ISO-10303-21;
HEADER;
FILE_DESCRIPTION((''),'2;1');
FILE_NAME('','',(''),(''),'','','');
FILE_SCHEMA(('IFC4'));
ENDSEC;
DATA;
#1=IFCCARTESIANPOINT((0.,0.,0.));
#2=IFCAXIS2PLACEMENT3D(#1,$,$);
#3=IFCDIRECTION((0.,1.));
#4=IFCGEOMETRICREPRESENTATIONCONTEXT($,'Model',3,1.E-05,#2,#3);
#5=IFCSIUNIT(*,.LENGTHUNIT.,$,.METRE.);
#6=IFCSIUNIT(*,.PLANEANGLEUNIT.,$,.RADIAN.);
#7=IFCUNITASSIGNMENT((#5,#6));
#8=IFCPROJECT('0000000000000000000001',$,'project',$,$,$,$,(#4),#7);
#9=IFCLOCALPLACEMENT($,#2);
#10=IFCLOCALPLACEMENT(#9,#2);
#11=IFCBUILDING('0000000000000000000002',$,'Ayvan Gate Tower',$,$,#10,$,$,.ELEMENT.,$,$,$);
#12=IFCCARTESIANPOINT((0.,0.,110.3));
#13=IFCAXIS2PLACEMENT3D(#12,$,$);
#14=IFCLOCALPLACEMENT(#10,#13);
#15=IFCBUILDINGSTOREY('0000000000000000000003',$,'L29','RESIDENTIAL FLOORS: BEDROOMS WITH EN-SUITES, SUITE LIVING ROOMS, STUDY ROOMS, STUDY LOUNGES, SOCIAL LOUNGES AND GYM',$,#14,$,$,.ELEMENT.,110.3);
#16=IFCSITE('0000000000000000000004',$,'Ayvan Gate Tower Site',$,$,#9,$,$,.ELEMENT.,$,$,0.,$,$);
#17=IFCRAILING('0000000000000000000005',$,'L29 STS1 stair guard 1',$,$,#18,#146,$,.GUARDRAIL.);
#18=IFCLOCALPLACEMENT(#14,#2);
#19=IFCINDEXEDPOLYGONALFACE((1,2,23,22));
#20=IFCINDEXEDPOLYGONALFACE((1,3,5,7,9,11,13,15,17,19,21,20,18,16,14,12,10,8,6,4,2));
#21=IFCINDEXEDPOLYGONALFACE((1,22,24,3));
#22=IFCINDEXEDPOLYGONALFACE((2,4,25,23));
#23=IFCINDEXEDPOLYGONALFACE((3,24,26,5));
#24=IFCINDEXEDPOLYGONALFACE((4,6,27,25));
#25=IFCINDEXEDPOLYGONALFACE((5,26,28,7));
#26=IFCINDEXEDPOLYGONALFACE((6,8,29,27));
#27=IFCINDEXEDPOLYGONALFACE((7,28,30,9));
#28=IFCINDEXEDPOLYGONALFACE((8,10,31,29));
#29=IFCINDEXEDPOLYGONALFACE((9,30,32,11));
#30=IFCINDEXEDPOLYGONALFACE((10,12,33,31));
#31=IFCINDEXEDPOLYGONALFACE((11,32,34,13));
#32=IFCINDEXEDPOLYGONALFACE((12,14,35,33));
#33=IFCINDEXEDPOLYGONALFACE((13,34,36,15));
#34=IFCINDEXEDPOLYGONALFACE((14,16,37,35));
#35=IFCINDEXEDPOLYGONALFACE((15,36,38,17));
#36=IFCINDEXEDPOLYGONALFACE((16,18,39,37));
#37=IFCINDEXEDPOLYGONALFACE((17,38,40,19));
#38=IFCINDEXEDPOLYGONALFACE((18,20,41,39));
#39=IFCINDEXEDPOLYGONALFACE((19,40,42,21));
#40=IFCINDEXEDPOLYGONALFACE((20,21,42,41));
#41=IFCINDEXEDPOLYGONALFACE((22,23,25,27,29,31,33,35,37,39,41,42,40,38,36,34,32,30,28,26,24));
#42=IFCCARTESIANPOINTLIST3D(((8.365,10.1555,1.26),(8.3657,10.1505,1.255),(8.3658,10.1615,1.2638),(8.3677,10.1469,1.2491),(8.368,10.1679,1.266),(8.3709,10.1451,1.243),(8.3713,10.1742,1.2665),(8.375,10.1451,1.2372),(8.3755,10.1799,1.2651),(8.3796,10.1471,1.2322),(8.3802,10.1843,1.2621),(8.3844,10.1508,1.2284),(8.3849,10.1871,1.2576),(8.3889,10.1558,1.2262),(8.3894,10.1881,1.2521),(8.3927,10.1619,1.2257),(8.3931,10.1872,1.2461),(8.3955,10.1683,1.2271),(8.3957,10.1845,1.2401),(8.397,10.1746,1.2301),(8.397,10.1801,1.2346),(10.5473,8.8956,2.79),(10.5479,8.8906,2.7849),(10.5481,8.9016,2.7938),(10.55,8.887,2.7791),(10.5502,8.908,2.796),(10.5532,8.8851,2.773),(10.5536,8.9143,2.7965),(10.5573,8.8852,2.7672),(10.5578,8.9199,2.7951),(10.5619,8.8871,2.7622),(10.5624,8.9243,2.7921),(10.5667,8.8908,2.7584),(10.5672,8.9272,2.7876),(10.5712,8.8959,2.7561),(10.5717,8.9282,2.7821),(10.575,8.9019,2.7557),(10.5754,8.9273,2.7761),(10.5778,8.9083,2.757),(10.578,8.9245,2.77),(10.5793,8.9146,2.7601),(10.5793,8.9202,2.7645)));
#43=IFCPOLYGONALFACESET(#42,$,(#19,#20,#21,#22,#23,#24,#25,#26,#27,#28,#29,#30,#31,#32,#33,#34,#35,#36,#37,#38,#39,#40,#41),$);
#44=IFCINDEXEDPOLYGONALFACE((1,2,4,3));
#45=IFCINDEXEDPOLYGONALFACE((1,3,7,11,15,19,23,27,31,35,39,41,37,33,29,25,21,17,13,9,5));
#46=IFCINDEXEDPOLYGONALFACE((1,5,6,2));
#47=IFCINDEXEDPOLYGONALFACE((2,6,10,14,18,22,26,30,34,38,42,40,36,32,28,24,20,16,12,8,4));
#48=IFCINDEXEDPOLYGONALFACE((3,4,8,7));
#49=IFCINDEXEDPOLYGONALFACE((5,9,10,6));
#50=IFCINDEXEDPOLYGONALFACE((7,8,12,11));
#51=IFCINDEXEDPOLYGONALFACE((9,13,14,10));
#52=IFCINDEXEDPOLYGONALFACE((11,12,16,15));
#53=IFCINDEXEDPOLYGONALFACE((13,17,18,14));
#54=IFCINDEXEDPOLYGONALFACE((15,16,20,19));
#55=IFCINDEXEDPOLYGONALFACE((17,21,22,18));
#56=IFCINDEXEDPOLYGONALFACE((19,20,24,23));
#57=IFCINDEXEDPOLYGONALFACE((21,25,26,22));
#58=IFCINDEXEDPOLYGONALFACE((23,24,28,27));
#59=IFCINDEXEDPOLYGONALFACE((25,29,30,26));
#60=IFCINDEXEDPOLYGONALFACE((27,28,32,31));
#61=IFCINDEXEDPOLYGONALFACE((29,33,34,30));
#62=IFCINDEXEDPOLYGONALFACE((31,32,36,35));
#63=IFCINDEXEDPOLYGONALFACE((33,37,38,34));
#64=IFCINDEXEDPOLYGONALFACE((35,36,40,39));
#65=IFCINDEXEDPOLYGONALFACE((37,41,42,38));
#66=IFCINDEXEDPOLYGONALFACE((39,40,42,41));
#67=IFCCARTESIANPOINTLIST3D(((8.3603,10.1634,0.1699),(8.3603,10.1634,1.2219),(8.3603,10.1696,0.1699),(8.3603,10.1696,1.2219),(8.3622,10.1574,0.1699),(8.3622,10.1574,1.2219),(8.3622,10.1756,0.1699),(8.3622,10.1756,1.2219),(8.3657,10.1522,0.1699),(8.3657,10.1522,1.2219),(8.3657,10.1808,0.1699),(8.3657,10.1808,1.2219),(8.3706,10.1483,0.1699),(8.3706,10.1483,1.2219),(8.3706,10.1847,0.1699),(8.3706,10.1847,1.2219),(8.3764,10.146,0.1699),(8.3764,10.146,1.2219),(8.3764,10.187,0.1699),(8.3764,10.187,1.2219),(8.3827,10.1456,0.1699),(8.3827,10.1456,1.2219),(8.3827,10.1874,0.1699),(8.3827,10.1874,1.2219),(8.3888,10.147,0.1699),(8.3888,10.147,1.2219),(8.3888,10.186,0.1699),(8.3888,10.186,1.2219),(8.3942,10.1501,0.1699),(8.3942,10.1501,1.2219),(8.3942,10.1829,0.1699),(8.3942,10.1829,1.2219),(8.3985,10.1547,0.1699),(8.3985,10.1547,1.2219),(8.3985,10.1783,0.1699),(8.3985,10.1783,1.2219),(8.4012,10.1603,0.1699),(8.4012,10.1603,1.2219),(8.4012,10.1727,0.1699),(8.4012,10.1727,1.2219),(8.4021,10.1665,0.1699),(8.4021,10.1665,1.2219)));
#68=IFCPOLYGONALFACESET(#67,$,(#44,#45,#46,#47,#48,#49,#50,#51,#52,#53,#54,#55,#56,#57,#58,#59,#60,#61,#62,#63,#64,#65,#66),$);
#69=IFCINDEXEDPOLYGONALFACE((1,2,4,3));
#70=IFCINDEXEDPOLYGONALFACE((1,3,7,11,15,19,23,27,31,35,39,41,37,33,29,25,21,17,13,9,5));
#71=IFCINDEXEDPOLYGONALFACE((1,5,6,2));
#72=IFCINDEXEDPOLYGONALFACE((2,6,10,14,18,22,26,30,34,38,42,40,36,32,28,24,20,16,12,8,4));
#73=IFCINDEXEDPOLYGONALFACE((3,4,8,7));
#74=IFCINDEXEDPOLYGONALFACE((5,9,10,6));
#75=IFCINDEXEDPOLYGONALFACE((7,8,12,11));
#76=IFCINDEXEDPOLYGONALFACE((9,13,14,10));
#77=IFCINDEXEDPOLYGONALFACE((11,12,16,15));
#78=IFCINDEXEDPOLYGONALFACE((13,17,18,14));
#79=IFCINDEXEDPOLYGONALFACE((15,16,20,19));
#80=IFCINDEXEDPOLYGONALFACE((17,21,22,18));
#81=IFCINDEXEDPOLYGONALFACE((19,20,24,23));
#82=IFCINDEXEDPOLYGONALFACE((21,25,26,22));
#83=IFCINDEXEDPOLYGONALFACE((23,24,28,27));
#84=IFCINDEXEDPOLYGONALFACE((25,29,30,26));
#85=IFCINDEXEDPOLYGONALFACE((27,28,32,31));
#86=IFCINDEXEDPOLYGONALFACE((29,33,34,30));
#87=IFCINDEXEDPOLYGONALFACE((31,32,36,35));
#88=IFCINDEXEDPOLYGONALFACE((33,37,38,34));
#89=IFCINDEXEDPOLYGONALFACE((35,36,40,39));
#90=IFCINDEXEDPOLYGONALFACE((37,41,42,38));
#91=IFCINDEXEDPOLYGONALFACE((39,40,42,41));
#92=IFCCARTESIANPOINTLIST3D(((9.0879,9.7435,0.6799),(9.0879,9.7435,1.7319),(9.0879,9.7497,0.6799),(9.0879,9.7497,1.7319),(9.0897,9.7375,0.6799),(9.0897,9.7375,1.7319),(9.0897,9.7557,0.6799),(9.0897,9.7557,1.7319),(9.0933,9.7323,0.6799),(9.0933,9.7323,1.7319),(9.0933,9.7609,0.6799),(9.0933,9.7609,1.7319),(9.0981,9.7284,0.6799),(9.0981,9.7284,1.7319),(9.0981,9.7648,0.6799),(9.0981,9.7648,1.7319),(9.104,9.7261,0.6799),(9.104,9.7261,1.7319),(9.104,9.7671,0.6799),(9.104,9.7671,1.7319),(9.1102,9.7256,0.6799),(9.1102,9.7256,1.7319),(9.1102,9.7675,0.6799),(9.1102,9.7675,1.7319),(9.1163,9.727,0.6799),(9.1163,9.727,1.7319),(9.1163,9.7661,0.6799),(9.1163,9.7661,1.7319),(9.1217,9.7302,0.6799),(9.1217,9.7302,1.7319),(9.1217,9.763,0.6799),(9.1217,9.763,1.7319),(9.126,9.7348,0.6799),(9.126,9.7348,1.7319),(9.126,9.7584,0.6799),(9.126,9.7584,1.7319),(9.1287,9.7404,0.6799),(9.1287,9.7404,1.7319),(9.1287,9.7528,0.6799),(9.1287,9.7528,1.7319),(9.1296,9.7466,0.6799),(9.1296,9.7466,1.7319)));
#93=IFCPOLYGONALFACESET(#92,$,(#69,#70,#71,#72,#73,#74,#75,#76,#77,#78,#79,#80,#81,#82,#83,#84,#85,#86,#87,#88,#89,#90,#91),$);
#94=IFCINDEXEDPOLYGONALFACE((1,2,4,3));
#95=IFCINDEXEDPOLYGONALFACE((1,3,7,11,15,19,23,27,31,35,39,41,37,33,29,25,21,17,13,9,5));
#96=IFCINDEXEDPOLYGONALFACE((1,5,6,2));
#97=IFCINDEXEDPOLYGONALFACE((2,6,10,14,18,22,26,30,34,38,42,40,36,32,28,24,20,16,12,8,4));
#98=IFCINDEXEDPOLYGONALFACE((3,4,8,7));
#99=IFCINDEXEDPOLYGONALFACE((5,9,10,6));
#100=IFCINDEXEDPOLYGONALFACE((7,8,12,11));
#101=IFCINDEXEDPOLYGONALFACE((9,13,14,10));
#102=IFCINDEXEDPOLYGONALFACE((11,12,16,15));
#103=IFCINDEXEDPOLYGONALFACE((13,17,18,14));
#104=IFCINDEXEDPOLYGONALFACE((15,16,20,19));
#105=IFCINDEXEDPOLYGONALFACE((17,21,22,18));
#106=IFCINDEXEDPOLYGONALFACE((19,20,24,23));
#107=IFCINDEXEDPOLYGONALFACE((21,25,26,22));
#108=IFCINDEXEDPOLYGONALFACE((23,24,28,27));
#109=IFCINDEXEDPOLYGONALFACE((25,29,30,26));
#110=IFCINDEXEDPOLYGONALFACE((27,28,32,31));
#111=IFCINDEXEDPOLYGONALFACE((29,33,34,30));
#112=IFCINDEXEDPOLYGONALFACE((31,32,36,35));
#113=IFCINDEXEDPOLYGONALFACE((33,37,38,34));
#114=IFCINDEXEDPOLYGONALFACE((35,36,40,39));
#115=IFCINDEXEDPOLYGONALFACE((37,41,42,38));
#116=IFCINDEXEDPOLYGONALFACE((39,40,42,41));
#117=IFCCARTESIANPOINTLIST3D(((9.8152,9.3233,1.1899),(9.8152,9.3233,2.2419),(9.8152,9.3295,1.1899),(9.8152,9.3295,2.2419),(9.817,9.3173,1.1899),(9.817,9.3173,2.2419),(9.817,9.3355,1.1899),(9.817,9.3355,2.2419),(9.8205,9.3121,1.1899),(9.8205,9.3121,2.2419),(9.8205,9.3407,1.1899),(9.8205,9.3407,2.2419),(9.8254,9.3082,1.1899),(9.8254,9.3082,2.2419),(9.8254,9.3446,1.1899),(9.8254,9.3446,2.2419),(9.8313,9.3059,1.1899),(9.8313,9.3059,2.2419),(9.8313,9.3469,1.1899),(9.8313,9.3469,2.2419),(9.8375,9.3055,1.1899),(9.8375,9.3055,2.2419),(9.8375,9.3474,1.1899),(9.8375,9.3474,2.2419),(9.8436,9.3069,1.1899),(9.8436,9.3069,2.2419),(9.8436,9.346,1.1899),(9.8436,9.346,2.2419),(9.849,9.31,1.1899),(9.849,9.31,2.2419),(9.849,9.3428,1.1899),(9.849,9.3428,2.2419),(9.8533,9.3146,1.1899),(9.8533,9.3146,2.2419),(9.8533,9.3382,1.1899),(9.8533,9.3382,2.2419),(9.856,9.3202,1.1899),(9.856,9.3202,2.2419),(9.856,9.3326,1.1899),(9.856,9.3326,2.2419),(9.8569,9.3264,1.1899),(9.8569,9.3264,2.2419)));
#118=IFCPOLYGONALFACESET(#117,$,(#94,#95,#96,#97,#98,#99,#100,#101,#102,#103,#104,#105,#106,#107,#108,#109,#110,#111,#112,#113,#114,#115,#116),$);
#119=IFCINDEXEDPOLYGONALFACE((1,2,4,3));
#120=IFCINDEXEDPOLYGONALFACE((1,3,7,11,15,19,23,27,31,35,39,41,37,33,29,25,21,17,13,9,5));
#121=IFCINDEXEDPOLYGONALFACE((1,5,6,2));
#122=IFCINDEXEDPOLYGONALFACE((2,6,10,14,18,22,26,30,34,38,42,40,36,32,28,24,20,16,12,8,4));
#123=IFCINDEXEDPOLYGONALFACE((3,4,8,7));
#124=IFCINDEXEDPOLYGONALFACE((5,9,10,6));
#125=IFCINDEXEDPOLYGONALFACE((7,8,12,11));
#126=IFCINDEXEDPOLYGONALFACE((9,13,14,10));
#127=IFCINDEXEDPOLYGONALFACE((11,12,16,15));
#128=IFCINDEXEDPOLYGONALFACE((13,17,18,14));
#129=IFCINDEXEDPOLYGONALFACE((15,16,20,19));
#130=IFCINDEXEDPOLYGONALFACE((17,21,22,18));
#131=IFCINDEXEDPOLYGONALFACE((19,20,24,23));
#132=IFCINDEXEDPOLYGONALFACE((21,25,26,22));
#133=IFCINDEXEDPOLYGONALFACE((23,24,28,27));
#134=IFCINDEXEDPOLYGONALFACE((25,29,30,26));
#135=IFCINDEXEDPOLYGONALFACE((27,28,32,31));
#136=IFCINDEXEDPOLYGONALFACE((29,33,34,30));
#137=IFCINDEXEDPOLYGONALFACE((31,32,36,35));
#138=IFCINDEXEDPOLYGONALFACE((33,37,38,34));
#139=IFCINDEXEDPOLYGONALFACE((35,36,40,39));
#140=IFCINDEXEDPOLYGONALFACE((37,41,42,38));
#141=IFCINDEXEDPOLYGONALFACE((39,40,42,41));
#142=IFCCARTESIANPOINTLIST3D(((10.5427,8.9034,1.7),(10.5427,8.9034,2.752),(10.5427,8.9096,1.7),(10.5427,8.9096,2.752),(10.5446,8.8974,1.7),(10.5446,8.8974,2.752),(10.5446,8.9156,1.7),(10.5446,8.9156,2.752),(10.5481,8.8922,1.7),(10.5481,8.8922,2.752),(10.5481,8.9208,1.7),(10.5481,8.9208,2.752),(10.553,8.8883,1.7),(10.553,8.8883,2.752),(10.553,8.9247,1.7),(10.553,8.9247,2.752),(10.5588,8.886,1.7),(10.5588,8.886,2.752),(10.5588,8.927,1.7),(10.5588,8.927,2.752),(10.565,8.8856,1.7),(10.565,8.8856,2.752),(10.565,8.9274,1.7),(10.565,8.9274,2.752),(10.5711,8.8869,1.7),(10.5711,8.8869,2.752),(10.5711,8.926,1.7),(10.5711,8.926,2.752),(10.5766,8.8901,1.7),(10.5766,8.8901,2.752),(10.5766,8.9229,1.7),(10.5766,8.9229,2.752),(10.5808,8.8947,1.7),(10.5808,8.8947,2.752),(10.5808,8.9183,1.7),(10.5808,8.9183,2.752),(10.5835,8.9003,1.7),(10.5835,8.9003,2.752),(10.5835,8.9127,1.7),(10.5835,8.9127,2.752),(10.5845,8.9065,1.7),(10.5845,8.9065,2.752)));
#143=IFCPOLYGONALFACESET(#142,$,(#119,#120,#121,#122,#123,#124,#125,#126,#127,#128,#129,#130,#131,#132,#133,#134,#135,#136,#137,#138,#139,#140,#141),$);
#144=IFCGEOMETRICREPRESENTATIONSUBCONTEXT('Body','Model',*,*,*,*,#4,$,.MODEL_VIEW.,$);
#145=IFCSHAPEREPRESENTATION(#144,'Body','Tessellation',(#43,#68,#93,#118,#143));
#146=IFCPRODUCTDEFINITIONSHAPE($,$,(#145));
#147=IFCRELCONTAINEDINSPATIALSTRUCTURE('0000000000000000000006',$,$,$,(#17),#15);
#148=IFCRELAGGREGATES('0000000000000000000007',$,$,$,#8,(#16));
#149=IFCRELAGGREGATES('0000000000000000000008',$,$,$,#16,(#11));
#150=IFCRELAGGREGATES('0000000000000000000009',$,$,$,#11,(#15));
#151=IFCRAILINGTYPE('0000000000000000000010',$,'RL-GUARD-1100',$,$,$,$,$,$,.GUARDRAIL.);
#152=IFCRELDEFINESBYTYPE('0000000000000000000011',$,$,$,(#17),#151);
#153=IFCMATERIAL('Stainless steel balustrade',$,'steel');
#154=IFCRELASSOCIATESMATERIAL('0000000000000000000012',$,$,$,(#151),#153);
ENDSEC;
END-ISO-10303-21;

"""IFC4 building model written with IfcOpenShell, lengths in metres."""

from ifc_helpers import new_model, si_unit, direction, frame, origin, origin_2d, place, context, subcontext, project, spatial, circle, extrude, material, type_object, element, save


model = new_model("IFC4")

# Units and contexts
model_context = context("Model", 3, precision=1e-05, world=origin(), true_north=direction((0.0, 1.0)))
body_context = subcontext(model_context, "Body", "Model", "MODEL_VIEW")
ifc_project = project(units=[si_unit("LENGTHUNIT", "METRE"), si_unit("PLANEANGLEUNIT", "RADIAN")], contexts=[model_context])

# Site, building, storey
site_placement = place(None, origin())
site = spatial("IfcSite", under=ifc_project, at=site_placement, Name="Ayvan Gate Tower Site", CompositionType="ELEMENT", RefElevation=0.0)
building_placement = place(site_placement, origin())
building = spatial("IfcBuilding", under=site, at=building_placement, Name="Ayvan Gate Tower", CompositionType="ELEMENT")
storey_placement = place(building_placement, frame((0.0, 0.0, 110.3)))
storey = spatial("IfcBuildingStorey", under=building, at=storey_placement, Name="L29", Description="RESIDENTIAL FLOORS: BEDROOMS WITH EN-SUITES, SUITE LIVING ROOMS, STUDY ROOMS, STUDY LOUNGES, SOCIAL LOUNGES AND GYM", CompositionType="ELEMENT", Elevation=110.3)

# Railing
ifc_material_1 = material(Name="Stainless steel balustrade", Category="steel")
railing_type_1 = type_object("IfcRailingType", Name="RL-GUARD-1100", PredefinedType="GUARDRAIL", material=ifc_material_1)
railing_1_placement = place(storey_placement, frame((8.3811, 10.1665, 0.1699)))
element("IfcRailing", 1, at=railing_1_placement, inside=storey, type_object=railing_type_1, Name="L29 STS1 stair guard 1", PredefinedType="GUARDRAIL", context=body_context, shape_type="SweptSolid", body=[
    extrude(circle(Radius=0.0239, at=origin_2d()), frame((0.0, 0.0, 1.0762), z_axis=(0.740261, -0.427395, 0.518986), x_axis=(0.500005, 0.866023, 0.0)), (0.0, 0.0, 1.0), 2.948),
    extrude(circle(Radius=0.021, at=origin_2d()), origin(), (0.0, 0.0, 1.0), 1.052),
    extrude(circle(Radius=0.021, at=origin_2d()), frame((0.7275, -0.4199, 0.51)), (0.0, 0.0, 1.0), 1.052),
    extrude(circle(Radius=0.021, at=origin_2d()), frame((1.4548, -0.8401, 1.02)), (0.0, 0.0, 1.0), 1.052),
    extrude(circle(Radius=0.021, at=origin_2d()), frame((2.1824, -1.26, 1.53)), (0.0, 0.0, 1.0), 1.052),
])

save(model, "model.ifc")
